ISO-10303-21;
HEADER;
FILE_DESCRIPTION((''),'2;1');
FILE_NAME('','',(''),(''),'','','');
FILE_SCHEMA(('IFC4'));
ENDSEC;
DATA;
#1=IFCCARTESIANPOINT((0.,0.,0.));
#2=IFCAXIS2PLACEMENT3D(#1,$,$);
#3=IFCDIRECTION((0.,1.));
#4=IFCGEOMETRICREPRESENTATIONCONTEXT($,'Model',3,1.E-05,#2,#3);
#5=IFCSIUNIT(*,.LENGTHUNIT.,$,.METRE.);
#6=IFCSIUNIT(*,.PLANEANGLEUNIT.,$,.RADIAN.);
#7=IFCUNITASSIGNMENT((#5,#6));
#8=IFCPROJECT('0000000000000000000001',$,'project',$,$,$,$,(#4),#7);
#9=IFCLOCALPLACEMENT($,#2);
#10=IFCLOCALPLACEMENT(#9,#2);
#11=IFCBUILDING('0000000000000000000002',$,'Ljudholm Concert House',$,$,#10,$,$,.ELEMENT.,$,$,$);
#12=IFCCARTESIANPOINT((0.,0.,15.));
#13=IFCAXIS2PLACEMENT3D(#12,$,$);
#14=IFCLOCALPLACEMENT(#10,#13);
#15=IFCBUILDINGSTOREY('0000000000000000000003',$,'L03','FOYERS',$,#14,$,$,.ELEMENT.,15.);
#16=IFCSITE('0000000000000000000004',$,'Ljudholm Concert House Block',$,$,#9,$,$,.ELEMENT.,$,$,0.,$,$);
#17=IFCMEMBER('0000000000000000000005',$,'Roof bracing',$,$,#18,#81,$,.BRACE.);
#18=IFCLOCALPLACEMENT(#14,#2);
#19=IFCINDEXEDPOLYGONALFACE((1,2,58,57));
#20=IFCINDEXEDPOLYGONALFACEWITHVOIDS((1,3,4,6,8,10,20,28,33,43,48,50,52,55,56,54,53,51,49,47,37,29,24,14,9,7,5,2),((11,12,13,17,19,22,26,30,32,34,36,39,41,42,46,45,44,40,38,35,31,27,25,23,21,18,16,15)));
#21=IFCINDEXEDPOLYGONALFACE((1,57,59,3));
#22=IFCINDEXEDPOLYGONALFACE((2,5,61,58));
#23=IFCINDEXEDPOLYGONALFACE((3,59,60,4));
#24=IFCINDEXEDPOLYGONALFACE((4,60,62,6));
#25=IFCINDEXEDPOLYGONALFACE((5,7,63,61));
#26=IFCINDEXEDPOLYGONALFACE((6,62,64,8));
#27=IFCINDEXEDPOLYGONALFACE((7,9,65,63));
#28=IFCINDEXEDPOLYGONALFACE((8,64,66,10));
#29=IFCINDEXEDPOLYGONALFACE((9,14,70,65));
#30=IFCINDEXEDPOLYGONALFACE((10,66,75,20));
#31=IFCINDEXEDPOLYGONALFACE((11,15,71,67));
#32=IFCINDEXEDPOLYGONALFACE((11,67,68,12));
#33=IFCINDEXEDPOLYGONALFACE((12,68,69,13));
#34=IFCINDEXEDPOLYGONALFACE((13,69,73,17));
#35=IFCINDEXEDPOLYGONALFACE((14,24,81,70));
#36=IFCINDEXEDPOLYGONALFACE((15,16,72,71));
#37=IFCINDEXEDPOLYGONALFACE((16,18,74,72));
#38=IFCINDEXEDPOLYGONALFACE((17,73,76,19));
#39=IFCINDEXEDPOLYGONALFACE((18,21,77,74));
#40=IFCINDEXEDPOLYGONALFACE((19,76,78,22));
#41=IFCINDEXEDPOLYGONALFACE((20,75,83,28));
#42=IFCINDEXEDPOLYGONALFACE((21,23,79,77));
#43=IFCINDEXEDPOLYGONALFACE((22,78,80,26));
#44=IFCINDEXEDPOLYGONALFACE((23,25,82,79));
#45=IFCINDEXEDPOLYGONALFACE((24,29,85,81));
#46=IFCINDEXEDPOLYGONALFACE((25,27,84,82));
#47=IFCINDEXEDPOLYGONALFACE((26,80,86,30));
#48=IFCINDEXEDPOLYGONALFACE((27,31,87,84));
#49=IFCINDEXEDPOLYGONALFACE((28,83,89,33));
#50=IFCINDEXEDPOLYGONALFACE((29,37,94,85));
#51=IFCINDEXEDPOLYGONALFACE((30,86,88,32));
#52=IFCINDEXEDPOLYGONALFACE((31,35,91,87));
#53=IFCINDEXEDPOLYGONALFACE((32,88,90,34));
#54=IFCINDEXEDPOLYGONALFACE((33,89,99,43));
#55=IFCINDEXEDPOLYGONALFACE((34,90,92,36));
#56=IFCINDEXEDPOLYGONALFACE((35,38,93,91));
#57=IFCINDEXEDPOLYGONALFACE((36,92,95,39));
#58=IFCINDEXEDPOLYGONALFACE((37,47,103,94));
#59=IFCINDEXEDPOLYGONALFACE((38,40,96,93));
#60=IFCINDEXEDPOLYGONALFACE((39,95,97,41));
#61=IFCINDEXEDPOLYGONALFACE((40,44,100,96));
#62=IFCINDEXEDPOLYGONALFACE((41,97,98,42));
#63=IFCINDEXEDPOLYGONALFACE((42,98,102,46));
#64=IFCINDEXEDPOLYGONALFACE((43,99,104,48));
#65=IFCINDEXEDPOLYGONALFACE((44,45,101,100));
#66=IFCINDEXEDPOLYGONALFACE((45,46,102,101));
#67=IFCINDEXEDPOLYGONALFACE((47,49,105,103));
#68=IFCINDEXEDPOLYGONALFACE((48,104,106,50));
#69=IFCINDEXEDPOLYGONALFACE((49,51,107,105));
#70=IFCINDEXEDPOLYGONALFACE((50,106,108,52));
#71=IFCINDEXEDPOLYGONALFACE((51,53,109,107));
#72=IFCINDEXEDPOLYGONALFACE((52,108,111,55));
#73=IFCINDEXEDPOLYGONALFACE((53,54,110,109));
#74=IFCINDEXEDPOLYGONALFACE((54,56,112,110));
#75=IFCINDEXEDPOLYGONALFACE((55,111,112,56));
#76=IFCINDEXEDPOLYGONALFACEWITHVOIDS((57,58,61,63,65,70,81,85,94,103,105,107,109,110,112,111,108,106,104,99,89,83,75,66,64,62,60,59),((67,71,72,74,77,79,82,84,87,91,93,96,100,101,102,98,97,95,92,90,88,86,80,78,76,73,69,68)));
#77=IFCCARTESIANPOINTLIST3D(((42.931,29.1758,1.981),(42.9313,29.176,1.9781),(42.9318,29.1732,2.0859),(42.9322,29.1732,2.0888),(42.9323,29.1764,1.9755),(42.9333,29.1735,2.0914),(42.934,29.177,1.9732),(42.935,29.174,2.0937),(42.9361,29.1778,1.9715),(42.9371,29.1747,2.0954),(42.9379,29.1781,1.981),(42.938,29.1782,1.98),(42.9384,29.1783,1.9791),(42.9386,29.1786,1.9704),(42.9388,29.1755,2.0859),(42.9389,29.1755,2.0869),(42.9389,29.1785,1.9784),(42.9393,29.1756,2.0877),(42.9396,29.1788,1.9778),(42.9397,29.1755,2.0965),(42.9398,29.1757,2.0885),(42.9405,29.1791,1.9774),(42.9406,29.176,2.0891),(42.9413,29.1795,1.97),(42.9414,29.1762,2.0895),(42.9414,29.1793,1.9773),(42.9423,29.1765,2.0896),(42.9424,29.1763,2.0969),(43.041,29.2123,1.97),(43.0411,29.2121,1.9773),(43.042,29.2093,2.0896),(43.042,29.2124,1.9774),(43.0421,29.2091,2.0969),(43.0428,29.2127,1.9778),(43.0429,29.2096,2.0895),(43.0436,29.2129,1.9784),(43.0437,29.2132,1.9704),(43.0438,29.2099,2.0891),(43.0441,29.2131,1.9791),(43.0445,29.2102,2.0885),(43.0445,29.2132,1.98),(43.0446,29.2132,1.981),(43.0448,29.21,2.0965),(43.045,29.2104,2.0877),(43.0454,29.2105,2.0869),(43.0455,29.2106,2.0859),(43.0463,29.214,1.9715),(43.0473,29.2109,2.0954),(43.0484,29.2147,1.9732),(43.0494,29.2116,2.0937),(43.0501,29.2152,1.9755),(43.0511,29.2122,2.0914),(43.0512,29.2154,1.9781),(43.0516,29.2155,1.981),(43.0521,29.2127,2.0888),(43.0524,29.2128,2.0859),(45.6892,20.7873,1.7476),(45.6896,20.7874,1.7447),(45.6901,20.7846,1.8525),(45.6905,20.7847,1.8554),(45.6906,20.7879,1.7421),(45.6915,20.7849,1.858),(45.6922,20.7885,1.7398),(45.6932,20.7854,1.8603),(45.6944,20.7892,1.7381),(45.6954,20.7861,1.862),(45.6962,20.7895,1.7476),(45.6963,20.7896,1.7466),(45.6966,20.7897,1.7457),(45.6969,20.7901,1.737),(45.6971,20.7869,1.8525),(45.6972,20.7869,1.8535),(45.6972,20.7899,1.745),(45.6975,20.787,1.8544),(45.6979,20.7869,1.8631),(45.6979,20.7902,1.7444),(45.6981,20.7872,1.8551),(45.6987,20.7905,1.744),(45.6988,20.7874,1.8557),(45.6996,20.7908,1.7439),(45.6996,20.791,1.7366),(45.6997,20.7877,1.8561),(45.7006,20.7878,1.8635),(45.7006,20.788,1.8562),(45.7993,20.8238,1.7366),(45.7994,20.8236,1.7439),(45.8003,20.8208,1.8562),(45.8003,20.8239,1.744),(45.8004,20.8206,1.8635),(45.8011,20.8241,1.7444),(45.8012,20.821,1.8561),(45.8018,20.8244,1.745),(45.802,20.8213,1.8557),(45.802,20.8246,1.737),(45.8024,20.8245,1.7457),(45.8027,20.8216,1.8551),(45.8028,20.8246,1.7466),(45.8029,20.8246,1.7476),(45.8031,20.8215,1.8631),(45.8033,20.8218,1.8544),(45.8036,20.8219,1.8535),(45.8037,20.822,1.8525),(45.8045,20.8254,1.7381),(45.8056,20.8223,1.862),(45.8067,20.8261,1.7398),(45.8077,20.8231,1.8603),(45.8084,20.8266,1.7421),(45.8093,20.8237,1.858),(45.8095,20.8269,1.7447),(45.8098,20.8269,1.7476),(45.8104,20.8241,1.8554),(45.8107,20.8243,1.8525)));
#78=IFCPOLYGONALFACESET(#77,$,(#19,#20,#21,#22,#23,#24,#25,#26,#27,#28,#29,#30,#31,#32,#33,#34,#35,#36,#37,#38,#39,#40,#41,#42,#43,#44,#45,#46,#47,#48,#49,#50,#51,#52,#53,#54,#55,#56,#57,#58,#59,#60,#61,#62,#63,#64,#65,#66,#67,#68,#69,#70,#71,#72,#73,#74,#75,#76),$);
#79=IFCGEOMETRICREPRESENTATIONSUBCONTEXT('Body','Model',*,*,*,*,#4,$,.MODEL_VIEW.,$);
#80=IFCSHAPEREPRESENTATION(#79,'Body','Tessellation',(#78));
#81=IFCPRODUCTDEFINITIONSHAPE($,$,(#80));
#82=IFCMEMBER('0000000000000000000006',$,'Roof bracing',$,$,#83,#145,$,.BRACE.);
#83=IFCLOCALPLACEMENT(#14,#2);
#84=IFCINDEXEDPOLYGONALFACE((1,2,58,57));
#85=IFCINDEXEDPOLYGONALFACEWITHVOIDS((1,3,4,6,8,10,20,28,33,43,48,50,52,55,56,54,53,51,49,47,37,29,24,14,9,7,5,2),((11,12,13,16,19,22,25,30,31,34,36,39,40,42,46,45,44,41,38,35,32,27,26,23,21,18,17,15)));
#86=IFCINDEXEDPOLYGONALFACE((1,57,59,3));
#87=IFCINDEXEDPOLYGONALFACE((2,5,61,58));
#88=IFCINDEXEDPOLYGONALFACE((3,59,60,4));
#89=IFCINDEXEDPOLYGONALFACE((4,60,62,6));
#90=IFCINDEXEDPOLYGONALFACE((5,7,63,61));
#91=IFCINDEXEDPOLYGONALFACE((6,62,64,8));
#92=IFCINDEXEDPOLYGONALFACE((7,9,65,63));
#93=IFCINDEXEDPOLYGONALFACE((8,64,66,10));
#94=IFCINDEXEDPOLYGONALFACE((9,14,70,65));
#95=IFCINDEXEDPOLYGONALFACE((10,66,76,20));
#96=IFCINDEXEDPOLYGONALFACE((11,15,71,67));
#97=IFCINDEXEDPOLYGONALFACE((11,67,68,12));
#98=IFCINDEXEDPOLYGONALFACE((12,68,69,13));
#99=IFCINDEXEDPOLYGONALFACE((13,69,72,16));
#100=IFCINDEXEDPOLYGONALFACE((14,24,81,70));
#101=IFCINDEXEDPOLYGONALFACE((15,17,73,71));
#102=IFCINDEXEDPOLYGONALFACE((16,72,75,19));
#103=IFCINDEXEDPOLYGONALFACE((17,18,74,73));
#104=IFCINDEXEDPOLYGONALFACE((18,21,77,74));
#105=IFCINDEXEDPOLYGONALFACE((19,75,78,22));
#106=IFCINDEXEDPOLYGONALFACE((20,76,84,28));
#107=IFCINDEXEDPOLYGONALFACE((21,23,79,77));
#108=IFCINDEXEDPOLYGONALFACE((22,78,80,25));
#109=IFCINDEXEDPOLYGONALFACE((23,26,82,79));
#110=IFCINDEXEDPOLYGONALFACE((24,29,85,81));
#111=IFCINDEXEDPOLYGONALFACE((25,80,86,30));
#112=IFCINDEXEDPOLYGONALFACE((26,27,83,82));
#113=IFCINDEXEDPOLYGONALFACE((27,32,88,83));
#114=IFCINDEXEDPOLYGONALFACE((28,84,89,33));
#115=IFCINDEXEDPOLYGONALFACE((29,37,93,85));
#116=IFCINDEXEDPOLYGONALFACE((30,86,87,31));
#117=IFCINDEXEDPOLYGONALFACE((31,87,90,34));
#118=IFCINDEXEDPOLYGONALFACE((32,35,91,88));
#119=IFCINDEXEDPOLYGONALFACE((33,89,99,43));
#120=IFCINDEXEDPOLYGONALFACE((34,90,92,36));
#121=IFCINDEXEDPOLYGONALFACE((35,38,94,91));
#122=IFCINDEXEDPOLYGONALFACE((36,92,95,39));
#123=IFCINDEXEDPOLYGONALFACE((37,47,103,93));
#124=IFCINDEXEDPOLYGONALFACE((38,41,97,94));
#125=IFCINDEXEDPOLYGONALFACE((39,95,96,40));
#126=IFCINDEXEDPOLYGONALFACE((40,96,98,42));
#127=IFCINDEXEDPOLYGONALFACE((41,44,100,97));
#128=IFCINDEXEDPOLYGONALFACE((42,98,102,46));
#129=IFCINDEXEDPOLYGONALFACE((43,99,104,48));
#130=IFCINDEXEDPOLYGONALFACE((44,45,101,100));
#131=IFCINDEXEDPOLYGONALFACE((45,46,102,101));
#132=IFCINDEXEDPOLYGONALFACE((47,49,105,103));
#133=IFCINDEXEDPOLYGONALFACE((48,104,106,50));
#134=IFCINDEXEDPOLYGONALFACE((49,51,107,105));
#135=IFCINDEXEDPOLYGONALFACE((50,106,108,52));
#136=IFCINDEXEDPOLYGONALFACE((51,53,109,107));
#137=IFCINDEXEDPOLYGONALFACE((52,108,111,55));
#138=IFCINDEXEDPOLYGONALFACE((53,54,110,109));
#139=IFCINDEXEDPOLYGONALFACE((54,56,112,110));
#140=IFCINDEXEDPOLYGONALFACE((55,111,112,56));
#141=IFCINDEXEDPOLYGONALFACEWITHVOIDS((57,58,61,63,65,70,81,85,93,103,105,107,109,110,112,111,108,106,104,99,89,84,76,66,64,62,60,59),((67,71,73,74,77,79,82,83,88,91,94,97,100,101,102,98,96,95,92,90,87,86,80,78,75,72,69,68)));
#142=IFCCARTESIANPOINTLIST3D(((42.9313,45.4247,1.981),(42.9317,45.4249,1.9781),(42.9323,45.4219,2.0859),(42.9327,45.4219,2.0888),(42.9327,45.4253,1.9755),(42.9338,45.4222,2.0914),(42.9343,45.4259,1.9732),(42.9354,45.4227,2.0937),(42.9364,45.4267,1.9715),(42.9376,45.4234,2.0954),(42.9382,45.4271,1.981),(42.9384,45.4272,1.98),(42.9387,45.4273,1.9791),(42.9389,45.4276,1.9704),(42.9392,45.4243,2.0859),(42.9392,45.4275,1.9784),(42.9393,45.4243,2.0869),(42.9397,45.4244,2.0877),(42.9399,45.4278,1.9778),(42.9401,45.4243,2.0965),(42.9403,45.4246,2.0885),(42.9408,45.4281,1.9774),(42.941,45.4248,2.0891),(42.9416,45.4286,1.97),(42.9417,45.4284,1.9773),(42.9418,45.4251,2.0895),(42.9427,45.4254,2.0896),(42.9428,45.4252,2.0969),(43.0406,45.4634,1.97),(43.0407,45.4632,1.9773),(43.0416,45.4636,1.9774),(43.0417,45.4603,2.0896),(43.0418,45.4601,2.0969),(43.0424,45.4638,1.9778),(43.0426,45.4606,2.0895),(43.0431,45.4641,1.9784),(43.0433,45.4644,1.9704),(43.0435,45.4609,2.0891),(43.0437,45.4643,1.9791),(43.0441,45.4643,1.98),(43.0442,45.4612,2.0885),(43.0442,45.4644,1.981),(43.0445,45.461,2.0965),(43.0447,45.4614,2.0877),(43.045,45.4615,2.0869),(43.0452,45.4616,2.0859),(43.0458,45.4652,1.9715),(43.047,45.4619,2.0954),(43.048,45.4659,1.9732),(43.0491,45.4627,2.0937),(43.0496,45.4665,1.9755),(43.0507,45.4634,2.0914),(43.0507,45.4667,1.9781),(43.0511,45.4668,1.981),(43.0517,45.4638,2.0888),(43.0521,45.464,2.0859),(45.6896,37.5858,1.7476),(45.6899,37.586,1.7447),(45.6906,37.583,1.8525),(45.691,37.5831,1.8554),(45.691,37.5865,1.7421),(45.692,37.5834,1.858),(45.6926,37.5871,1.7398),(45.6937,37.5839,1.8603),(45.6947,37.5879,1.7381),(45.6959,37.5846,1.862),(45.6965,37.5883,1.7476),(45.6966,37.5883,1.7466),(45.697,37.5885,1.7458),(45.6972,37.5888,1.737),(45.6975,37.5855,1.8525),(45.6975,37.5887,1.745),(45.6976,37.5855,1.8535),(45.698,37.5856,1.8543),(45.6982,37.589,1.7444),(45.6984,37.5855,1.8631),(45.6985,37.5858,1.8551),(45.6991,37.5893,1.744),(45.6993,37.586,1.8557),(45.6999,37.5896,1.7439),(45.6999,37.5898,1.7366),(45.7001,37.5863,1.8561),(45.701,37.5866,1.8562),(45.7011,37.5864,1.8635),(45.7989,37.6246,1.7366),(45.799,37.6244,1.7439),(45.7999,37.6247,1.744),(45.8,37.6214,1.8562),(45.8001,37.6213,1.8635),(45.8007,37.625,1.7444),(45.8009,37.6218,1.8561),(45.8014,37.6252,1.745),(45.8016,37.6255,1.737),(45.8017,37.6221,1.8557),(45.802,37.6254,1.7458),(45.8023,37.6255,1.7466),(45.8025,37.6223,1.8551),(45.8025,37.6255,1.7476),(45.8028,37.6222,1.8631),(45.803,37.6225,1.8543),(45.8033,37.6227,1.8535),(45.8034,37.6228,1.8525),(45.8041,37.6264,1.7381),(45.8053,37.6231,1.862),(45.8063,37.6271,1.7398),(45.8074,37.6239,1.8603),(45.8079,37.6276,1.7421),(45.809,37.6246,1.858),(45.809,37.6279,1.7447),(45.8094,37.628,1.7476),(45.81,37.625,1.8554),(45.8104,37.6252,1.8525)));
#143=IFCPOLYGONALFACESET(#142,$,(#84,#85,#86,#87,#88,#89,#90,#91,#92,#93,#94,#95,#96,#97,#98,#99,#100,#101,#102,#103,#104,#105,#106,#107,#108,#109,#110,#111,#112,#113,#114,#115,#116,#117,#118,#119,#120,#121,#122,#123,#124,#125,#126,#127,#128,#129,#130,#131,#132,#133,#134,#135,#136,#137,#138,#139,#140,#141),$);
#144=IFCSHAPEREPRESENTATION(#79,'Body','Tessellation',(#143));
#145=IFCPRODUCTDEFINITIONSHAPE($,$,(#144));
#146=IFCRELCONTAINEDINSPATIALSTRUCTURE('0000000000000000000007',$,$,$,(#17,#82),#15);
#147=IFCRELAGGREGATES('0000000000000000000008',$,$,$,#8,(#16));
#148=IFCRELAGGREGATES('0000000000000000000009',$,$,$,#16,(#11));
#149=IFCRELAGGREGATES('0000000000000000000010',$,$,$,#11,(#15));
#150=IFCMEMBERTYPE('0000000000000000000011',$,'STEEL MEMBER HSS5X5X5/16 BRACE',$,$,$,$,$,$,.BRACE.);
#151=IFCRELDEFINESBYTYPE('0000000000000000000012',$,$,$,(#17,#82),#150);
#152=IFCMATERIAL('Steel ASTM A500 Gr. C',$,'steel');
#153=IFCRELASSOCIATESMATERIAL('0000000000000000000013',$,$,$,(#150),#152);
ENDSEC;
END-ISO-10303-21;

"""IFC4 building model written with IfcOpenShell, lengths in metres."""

from ifc_helpers import new_model, si_unit, direction, frame, origin, origin_2d, place, context, subcontext, project, spatial, hollow_rectangle, extrude, material, material_profile, profile_set, type_object, element, save


model = new_model("IFC4")

# Units and contexts
model_context = context("Model", 3, precision=1e-05, world=origin(), true_north=direction((0.0, 1.0)))
body_context = subcontext(model_context, "Body", "Model", "MODEL_VIEW")
ifc_project = project(units=[si_unit("LENGTHUNIT", "METRE"), si_unit("PLANEANGLEUNIT", "RADIAN")], contexts=[model_context])

# Site, building, storey
site_placement = place(None, origin())
site = spatial("IfcSite", under=ifc_project, at=site_placement, Name="Ljudholm Concert House Block", CompositionType="ELEMENT", RefElevation=0.0)
building_placement = place(site_placement, origin())
building = spatial("IfcBuilding", under=site, at=building_placement, Name="Ljudholm Concert House", CompositionType="ELEMENT")
storey_placement = place(building_placement, frame((0.0, 0.0, 15.0)))
storey = spatial("IfcBuildingStorey", under=building, at=storey_placement, Name="L03", Description="FOYERS", CompositionType="ELEMENT", Elevation=15.0)

# Members
ifc_material_1 = material(Name="Steel ASTM A500 Gr. C", Category="steel")
ifc_material_profile_1 = material_profile(ifc_material_1, hollow_rectangle(XDim=0.127, YDim=0.127, WallThickness=0.0073, InnerFilletRadius=0.0037, OuterFilletRadius=0.011, at=origin_2d()), Name="HSS5X5X5/16")
ifc_profile_set_1 = profile_set([ifc_material_profile_1], Name="Steel ASTM A500 Gr. C")
member_type_1 = type_object("IfcMemberType", Name="STEEL MEMBER HSS5X5X5/16 BRACE", PredefinedType="BRACE", material=ifc_profile_set_1)
member_1_placement = place(storey_placement, frame((42.9917, 29.1943, 2.0334), z_axis=(0.312251, -0.949632, -0.026422), x_axis=(0.949964, 0.31236, 0.0)))
element("IfcMember", 1, at=member_1_placement, inside=storey, type_object=member_type_1, Name="Roof bracing", PredefinedType="BRACE", context=body_context, shape_type="SweptSolid", body=[
    extrude(hollow_rectangle(XDim=0.127, YDim=0.127, WallThickness=0.0073, InnerFilletRadius=0.0037, OuterFilletRadius=0.011, at=origin_2d()), origin(), (0.0, 0.0, 1.0), 8.8335),
])
member_2_placement = place(storey_placement, frame((42.9917, 45.4443, 2.0334), z_axis=(0.331795, -0.942934, -0.028075), x_axis=(0.943306, 0.331926, 0.0)))
element("IfcMember", 2, at=member_2_placement, inside=storey, type_object=member_type_1, Name="Roof bracing", PredefinedType="BRACE", context=body_context, shape_type="SweptSolid", body=[
    extrude(hollow_rectangle(XDim=0.127, YDim=0.127, WallThickness=0.0073, InnerFilletRadius=0.0037, OuterFilletRadius=0.011, at=origin_2d()), origin(), (0.0, 0.0, 1.0), 8.3132),
])

save(model, "model.ifc")
